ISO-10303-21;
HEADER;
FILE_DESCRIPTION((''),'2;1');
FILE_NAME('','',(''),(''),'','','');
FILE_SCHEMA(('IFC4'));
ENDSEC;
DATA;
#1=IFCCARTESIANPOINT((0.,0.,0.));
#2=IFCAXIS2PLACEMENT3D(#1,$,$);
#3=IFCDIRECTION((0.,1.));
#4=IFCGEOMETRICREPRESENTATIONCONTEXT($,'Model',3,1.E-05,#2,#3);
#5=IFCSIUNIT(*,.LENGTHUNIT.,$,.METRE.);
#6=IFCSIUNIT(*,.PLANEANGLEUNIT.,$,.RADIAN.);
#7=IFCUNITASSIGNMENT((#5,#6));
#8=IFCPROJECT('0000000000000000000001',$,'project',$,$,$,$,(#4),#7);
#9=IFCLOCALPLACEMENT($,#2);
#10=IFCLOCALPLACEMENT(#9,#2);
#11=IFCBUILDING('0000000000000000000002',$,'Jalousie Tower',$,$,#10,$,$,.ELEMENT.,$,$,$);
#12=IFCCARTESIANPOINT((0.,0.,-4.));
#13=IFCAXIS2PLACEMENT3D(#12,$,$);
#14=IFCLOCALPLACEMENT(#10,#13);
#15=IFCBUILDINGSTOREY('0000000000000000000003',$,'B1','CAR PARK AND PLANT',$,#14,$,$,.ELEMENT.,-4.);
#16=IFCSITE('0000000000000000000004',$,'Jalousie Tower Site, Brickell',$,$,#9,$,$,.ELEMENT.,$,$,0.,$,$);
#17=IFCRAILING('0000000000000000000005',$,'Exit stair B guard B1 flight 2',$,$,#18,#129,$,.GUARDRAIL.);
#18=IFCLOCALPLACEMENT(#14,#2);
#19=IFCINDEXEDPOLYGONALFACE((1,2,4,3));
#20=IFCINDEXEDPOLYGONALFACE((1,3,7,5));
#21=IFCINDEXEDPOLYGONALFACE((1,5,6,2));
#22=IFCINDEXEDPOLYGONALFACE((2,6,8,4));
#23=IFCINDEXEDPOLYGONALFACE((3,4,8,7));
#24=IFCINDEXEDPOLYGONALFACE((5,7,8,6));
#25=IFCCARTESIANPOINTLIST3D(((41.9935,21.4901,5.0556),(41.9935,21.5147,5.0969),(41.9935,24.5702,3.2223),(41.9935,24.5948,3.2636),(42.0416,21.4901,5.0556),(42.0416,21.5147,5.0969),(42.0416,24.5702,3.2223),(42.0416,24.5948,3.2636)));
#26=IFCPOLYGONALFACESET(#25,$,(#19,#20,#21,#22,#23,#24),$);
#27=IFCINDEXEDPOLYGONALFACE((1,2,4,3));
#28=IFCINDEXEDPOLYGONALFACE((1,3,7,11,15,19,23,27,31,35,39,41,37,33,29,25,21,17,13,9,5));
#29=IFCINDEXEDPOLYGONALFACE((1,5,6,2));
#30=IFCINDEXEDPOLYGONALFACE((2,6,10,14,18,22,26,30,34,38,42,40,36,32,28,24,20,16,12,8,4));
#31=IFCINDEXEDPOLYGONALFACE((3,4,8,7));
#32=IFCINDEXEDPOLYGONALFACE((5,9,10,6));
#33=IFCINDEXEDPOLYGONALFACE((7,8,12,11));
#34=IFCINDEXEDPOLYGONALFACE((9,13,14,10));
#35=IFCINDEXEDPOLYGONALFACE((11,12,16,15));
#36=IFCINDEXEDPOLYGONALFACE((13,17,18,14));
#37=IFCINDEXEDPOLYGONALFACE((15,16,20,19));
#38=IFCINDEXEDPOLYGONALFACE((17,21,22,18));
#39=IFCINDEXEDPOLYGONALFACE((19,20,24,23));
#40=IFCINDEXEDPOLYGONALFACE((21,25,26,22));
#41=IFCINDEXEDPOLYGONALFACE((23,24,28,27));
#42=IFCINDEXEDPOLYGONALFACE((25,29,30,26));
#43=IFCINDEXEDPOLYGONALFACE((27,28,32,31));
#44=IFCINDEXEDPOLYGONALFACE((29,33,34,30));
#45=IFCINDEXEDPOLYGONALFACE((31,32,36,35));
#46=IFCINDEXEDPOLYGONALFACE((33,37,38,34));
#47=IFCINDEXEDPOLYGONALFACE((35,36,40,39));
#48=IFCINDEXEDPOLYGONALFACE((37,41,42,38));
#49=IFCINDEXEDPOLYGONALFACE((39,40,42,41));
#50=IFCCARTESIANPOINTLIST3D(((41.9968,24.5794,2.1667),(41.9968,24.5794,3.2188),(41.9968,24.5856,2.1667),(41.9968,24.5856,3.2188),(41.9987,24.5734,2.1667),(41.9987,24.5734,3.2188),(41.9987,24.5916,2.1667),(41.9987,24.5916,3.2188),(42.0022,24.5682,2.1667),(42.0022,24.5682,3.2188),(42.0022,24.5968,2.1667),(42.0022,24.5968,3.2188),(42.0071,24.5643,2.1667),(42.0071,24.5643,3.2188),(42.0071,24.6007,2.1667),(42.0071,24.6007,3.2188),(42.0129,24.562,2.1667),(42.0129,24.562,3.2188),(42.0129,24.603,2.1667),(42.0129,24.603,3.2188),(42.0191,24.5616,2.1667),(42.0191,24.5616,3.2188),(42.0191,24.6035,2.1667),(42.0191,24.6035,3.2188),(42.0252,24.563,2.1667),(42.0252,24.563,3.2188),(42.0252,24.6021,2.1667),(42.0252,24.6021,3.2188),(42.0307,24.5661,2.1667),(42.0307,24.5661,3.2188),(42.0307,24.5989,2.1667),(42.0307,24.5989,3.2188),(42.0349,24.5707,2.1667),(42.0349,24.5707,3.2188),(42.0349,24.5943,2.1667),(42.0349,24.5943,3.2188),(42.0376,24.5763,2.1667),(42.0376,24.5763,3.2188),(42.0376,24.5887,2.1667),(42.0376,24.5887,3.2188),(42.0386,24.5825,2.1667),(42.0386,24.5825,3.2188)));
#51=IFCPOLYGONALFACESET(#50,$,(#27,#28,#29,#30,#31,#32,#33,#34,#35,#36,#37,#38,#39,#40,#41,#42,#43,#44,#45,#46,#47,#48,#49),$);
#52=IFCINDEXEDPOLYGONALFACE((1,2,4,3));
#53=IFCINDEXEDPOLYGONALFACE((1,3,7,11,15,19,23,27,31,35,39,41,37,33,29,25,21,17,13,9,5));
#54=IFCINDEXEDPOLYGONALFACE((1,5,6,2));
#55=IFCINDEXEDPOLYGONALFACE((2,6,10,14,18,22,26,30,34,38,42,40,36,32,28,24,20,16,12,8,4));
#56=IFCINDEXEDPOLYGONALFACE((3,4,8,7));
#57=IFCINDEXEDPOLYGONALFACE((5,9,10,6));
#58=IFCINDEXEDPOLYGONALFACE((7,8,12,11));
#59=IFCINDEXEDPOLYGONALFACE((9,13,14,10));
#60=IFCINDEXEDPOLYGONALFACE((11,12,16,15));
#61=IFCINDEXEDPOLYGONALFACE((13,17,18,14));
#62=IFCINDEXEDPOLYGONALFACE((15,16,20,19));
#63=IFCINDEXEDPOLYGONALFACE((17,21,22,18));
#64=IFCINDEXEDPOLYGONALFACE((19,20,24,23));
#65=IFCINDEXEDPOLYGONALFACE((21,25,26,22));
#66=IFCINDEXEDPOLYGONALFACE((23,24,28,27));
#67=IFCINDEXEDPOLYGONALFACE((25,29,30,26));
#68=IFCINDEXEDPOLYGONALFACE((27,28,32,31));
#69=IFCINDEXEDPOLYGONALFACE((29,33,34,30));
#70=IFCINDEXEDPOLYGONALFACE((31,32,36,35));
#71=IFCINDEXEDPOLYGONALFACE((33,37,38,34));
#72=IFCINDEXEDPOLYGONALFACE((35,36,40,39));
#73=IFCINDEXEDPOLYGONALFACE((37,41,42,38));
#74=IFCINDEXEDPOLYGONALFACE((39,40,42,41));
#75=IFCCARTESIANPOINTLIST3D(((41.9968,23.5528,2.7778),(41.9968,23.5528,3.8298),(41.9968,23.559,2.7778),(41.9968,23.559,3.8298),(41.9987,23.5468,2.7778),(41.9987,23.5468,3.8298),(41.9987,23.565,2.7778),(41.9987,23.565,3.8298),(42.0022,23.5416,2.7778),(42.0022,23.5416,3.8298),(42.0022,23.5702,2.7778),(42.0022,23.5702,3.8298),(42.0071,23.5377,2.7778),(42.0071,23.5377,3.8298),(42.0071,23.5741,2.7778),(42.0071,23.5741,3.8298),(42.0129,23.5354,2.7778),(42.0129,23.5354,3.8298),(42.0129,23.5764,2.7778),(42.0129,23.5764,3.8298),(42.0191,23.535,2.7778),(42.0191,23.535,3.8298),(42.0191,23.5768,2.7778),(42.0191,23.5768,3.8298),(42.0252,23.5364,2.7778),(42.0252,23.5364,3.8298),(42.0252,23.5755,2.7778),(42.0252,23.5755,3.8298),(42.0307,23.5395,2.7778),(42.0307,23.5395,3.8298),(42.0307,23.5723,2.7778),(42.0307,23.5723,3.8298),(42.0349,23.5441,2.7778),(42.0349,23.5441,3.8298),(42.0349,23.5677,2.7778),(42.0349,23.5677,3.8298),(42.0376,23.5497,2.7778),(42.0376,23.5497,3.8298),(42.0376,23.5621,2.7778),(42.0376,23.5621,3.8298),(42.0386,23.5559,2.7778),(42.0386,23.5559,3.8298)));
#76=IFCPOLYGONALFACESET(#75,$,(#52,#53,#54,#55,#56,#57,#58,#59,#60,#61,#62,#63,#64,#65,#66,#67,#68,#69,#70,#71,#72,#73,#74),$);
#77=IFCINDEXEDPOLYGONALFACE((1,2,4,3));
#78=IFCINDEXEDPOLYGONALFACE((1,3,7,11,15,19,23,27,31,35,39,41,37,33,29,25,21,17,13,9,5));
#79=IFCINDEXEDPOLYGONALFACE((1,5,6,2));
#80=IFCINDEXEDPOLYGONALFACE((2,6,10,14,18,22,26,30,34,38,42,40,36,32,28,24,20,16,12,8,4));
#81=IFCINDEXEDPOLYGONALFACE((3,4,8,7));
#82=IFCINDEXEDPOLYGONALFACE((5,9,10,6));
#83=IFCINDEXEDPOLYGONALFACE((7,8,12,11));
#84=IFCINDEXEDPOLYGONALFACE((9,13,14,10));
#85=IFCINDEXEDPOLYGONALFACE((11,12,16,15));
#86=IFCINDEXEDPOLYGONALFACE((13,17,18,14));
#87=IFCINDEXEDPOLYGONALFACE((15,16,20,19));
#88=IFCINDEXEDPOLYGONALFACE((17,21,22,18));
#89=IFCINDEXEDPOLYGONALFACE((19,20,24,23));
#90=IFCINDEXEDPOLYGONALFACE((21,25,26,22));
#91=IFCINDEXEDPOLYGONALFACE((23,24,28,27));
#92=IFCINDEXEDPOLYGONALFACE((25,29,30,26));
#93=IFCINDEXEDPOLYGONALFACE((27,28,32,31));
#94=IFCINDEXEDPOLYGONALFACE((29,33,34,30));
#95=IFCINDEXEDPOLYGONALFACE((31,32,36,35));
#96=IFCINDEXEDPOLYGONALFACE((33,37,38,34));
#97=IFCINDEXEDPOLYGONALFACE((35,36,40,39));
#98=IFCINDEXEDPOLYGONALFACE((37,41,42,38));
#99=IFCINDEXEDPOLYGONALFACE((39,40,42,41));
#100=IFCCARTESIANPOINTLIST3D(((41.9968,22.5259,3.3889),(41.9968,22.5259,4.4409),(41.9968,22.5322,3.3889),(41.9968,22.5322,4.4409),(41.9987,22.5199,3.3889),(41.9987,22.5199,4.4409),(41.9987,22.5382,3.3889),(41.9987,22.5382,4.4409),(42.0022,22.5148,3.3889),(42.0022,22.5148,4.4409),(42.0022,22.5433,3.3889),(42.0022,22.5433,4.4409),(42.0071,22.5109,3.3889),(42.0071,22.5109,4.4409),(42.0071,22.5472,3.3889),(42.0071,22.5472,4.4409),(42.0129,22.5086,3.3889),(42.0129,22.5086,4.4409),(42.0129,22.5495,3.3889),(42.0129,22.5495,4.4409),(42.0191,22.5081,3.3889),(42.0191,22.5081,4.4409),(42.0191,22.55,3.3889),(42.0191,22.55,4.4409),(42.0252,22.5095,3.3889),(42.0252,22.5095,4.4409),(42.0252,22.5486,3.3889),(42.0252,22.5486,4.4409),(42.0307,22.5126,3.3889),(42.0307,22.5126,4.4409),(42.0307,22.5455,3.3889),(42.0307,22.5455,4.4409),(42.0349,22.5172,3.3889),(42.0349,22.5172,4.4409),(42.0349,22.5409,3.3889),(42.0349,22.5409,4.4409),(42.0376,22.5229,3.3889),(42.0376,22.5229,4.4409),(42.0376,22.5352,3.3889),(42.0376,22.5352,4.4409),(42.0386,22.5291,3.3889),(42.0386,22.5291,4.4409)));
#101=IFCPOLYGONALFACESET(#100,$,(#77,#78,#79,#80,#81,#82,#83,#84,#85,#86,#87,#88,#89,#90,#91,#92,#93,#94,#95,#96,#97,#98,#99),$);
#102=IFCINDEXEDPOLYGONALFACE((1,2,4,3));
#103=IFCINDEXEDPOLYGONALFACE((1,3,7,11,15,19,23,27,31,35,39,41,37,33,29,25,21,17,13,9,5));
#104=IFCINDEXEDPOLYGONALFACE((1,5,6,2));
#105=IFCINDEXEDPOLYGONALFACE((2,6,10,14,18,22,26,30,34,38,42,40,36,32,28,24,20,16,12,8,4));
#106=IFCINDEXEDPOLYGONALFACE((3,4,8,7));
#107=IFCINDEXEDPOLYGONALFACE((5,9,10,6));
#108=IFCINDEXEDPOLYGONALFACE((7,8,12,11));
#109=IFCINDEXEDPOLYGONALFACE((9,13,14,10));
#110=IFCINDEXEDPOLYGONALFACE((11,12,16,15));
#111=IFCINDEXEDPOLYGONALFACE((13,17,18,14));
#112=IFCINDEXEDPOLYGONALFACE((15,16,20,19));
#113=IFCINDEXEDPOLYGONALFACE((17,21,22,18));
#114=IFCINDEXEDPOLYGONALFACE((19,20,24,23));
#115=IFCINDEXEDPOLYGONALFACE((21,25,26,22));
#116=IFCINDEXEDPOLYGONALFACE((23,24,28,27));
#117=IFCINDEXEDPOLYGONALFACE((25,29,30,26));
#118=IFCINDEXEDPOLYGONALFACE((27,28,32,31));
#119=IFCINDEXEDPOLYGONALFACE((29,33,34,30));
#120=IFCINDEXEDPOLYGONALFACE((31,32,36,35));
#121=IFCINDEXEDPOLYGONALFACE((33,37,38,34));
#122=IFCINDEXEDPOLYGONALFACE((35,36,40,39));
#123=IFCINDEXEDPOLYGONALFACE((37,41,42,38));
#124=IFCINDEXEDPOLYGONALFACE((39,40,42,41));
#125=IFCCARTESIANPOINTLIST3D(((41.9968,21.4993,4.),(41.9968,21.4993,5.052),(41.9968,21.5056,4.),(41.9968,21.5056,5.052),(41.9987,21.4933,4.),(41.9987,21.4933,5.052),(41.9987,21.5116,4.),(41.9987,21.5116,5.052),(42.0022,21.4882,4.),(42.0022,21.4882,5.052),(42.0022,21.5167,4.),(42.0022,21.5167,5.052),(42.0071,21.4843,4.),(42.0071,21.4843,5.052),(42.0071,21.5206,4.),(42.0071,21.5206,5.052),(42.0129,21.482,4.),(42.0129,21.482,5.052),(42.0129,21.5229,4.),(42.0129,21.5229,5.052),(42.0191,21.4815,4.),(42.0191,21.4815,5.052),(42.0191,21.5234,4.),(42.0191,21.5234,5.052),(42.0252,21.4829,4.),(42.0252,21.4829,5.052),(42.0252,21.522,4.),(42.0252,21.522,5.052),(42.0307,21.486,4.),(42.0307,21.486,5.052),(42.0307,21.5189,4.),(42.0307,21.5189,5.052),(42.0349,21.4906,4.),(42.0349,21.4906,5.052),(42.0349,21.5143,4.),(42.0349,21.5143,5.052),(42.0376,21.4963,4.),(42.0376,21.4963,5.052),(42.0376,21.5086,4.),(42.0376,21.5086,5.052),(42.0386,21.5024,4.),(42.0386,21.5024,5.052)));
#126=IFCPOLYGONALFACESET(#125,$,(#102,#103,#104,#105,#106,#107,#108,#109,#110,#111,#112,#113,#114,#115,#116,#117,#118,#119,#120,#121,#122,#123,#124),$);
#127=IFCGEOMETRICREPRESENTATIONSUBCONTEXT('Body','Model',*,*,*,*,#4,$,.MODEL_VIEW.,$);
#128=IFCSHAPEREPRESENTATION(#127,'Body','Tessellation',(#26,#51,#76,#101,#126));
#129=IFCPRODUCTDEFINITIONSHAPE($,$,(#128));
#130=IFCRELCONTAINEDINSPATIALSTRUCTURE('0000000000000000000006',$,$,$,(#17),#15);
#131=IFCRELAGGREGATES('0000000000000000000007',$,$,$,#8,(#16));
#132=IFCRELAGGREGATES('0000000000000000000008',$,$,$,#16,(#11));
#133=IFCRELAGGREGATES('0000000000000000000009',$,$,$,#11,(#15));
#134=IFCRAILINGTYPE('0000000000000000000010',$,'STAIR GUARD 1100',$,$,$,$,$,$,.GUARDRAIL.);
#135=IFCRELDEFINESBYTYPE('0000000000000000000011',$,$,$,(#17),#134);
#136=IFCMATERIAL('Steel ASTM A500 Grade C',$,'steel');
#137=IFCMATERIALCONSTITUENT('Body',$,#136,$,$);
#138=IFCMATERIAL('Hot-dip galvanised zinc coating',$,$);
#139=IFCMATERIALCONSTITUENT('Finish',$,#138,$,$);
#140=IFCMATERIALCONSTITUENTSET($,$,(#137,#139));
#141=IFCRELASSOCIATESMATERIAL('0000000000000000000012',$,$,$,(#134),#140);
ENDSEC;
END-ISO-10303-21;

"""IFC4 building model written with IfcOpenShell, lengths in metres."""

from ifc_helpers import new_model, si_unit, direction, frame, origin, origin_2d, place, context, subcontext, project, spatial, rectangle, circle, extrude, material, constituent, constituent_set, type_object, element, save


model = new_model("IFC4")

# Units and contexts
model_context = context("Model", 3, precision=1e-05, world=origin(), true_north=direction((0.0, 1.0)))
body_context = subcontext(model_context, "Body", "Model", "MODEL_VIEW")
ifc_project = project(units=[si_unit("LENGTHUNIT", "METRE"), si_unit("PLANEANGLEUNIT", "RADIAN")], contexts=[model_context])

# Site, building, storey
site_placement = place(None, origin())
site = spatial("IfcSite", under=ifc_project, at=site_placement, Name="Jalousie Tower Site, Brickell", CompositionType="ELEMENT", RefElevation=0.0)
building_placement = place(site_placement, origin())
building = spatial("IfcBuilding", under=site, at=building_placement, Name="Jalousie Tower", CompositionType="ELEMENT")
storey_placement = place(building_placement, frame((0.0, 0.0, -4.0)))
storey = spatial("IfcBuildingStorey", under=building, at=storey_placement, Name="B1", Description="CAR PARK AND PLANT", CompositionType="ELEMENT", Elevation=-4.0)

# Railing
ifc_material_1 = material(Name="Steel ASTM A500 Grade C", Category="steel")
ifc_constituent_1 = constituent(ifc_material_1, Name="Body")
ifc_material_2 = material(Name="Hot-dip galvanised zinc coating")
ifc_constituent_2 = constituent(ifc_material_2, Name="Finish")
ifc_constituent_set_1 = constituent_set(constituents=[ifc_constituent_1, ifc_constituent_2])
railing_type_1 = type_object("IfcRailingType", Name="STAIR GUARD 1100", PredefinedType="GUARDRAIL", material=ifc_constituent_set_1)
for number, where, name in (
    (1, (42.0176, 24.5825, 2.1667), "Exit stair B guard B1 flight 2"),
):
    element("IfcRailing", number, at=place(storey_placement, frame(where)), inside=storey, type_object=railing_type_1, Name=name, PredefinedType="GUARDRAIL", context=body_context, shape_type="SweptSolid", body=[
        extrude(rectangle(XDim=0.0481, YDim=0.0481, at=origin_2d()), frame((0.0, 0.0, 1.0762), z_axis=(0.0, -0.859309, 0.511458), x_axis=(1.0, 0.0, 0.0)), (0.0, 0.0, 1.0), 3.5845),
        extrude(circle(Radius=0.021, at=origin_2d()), origin(), (0.0, 0.0, 1.0), 1.052),
        extrude(circle(Radius=0.021, at=origin_2d()), frame((0.0, -1.0266, 0.6111)), (0.0, 0.0, 1.0), 1.052),
        extrude(circle(Radius=0.021, at=origin_2d()), frame((0.0, -2.0535, 1.2222)), (0.0, 0.0, 1.0), 1.052),
        extrude(circle(Radius=0.021, at=origin_2d()), frame((0.0, -3.0801, 1.8333)), (0.0, 0.0, 1.0), 1.052),
    ])

save(model, "model.ifc")
